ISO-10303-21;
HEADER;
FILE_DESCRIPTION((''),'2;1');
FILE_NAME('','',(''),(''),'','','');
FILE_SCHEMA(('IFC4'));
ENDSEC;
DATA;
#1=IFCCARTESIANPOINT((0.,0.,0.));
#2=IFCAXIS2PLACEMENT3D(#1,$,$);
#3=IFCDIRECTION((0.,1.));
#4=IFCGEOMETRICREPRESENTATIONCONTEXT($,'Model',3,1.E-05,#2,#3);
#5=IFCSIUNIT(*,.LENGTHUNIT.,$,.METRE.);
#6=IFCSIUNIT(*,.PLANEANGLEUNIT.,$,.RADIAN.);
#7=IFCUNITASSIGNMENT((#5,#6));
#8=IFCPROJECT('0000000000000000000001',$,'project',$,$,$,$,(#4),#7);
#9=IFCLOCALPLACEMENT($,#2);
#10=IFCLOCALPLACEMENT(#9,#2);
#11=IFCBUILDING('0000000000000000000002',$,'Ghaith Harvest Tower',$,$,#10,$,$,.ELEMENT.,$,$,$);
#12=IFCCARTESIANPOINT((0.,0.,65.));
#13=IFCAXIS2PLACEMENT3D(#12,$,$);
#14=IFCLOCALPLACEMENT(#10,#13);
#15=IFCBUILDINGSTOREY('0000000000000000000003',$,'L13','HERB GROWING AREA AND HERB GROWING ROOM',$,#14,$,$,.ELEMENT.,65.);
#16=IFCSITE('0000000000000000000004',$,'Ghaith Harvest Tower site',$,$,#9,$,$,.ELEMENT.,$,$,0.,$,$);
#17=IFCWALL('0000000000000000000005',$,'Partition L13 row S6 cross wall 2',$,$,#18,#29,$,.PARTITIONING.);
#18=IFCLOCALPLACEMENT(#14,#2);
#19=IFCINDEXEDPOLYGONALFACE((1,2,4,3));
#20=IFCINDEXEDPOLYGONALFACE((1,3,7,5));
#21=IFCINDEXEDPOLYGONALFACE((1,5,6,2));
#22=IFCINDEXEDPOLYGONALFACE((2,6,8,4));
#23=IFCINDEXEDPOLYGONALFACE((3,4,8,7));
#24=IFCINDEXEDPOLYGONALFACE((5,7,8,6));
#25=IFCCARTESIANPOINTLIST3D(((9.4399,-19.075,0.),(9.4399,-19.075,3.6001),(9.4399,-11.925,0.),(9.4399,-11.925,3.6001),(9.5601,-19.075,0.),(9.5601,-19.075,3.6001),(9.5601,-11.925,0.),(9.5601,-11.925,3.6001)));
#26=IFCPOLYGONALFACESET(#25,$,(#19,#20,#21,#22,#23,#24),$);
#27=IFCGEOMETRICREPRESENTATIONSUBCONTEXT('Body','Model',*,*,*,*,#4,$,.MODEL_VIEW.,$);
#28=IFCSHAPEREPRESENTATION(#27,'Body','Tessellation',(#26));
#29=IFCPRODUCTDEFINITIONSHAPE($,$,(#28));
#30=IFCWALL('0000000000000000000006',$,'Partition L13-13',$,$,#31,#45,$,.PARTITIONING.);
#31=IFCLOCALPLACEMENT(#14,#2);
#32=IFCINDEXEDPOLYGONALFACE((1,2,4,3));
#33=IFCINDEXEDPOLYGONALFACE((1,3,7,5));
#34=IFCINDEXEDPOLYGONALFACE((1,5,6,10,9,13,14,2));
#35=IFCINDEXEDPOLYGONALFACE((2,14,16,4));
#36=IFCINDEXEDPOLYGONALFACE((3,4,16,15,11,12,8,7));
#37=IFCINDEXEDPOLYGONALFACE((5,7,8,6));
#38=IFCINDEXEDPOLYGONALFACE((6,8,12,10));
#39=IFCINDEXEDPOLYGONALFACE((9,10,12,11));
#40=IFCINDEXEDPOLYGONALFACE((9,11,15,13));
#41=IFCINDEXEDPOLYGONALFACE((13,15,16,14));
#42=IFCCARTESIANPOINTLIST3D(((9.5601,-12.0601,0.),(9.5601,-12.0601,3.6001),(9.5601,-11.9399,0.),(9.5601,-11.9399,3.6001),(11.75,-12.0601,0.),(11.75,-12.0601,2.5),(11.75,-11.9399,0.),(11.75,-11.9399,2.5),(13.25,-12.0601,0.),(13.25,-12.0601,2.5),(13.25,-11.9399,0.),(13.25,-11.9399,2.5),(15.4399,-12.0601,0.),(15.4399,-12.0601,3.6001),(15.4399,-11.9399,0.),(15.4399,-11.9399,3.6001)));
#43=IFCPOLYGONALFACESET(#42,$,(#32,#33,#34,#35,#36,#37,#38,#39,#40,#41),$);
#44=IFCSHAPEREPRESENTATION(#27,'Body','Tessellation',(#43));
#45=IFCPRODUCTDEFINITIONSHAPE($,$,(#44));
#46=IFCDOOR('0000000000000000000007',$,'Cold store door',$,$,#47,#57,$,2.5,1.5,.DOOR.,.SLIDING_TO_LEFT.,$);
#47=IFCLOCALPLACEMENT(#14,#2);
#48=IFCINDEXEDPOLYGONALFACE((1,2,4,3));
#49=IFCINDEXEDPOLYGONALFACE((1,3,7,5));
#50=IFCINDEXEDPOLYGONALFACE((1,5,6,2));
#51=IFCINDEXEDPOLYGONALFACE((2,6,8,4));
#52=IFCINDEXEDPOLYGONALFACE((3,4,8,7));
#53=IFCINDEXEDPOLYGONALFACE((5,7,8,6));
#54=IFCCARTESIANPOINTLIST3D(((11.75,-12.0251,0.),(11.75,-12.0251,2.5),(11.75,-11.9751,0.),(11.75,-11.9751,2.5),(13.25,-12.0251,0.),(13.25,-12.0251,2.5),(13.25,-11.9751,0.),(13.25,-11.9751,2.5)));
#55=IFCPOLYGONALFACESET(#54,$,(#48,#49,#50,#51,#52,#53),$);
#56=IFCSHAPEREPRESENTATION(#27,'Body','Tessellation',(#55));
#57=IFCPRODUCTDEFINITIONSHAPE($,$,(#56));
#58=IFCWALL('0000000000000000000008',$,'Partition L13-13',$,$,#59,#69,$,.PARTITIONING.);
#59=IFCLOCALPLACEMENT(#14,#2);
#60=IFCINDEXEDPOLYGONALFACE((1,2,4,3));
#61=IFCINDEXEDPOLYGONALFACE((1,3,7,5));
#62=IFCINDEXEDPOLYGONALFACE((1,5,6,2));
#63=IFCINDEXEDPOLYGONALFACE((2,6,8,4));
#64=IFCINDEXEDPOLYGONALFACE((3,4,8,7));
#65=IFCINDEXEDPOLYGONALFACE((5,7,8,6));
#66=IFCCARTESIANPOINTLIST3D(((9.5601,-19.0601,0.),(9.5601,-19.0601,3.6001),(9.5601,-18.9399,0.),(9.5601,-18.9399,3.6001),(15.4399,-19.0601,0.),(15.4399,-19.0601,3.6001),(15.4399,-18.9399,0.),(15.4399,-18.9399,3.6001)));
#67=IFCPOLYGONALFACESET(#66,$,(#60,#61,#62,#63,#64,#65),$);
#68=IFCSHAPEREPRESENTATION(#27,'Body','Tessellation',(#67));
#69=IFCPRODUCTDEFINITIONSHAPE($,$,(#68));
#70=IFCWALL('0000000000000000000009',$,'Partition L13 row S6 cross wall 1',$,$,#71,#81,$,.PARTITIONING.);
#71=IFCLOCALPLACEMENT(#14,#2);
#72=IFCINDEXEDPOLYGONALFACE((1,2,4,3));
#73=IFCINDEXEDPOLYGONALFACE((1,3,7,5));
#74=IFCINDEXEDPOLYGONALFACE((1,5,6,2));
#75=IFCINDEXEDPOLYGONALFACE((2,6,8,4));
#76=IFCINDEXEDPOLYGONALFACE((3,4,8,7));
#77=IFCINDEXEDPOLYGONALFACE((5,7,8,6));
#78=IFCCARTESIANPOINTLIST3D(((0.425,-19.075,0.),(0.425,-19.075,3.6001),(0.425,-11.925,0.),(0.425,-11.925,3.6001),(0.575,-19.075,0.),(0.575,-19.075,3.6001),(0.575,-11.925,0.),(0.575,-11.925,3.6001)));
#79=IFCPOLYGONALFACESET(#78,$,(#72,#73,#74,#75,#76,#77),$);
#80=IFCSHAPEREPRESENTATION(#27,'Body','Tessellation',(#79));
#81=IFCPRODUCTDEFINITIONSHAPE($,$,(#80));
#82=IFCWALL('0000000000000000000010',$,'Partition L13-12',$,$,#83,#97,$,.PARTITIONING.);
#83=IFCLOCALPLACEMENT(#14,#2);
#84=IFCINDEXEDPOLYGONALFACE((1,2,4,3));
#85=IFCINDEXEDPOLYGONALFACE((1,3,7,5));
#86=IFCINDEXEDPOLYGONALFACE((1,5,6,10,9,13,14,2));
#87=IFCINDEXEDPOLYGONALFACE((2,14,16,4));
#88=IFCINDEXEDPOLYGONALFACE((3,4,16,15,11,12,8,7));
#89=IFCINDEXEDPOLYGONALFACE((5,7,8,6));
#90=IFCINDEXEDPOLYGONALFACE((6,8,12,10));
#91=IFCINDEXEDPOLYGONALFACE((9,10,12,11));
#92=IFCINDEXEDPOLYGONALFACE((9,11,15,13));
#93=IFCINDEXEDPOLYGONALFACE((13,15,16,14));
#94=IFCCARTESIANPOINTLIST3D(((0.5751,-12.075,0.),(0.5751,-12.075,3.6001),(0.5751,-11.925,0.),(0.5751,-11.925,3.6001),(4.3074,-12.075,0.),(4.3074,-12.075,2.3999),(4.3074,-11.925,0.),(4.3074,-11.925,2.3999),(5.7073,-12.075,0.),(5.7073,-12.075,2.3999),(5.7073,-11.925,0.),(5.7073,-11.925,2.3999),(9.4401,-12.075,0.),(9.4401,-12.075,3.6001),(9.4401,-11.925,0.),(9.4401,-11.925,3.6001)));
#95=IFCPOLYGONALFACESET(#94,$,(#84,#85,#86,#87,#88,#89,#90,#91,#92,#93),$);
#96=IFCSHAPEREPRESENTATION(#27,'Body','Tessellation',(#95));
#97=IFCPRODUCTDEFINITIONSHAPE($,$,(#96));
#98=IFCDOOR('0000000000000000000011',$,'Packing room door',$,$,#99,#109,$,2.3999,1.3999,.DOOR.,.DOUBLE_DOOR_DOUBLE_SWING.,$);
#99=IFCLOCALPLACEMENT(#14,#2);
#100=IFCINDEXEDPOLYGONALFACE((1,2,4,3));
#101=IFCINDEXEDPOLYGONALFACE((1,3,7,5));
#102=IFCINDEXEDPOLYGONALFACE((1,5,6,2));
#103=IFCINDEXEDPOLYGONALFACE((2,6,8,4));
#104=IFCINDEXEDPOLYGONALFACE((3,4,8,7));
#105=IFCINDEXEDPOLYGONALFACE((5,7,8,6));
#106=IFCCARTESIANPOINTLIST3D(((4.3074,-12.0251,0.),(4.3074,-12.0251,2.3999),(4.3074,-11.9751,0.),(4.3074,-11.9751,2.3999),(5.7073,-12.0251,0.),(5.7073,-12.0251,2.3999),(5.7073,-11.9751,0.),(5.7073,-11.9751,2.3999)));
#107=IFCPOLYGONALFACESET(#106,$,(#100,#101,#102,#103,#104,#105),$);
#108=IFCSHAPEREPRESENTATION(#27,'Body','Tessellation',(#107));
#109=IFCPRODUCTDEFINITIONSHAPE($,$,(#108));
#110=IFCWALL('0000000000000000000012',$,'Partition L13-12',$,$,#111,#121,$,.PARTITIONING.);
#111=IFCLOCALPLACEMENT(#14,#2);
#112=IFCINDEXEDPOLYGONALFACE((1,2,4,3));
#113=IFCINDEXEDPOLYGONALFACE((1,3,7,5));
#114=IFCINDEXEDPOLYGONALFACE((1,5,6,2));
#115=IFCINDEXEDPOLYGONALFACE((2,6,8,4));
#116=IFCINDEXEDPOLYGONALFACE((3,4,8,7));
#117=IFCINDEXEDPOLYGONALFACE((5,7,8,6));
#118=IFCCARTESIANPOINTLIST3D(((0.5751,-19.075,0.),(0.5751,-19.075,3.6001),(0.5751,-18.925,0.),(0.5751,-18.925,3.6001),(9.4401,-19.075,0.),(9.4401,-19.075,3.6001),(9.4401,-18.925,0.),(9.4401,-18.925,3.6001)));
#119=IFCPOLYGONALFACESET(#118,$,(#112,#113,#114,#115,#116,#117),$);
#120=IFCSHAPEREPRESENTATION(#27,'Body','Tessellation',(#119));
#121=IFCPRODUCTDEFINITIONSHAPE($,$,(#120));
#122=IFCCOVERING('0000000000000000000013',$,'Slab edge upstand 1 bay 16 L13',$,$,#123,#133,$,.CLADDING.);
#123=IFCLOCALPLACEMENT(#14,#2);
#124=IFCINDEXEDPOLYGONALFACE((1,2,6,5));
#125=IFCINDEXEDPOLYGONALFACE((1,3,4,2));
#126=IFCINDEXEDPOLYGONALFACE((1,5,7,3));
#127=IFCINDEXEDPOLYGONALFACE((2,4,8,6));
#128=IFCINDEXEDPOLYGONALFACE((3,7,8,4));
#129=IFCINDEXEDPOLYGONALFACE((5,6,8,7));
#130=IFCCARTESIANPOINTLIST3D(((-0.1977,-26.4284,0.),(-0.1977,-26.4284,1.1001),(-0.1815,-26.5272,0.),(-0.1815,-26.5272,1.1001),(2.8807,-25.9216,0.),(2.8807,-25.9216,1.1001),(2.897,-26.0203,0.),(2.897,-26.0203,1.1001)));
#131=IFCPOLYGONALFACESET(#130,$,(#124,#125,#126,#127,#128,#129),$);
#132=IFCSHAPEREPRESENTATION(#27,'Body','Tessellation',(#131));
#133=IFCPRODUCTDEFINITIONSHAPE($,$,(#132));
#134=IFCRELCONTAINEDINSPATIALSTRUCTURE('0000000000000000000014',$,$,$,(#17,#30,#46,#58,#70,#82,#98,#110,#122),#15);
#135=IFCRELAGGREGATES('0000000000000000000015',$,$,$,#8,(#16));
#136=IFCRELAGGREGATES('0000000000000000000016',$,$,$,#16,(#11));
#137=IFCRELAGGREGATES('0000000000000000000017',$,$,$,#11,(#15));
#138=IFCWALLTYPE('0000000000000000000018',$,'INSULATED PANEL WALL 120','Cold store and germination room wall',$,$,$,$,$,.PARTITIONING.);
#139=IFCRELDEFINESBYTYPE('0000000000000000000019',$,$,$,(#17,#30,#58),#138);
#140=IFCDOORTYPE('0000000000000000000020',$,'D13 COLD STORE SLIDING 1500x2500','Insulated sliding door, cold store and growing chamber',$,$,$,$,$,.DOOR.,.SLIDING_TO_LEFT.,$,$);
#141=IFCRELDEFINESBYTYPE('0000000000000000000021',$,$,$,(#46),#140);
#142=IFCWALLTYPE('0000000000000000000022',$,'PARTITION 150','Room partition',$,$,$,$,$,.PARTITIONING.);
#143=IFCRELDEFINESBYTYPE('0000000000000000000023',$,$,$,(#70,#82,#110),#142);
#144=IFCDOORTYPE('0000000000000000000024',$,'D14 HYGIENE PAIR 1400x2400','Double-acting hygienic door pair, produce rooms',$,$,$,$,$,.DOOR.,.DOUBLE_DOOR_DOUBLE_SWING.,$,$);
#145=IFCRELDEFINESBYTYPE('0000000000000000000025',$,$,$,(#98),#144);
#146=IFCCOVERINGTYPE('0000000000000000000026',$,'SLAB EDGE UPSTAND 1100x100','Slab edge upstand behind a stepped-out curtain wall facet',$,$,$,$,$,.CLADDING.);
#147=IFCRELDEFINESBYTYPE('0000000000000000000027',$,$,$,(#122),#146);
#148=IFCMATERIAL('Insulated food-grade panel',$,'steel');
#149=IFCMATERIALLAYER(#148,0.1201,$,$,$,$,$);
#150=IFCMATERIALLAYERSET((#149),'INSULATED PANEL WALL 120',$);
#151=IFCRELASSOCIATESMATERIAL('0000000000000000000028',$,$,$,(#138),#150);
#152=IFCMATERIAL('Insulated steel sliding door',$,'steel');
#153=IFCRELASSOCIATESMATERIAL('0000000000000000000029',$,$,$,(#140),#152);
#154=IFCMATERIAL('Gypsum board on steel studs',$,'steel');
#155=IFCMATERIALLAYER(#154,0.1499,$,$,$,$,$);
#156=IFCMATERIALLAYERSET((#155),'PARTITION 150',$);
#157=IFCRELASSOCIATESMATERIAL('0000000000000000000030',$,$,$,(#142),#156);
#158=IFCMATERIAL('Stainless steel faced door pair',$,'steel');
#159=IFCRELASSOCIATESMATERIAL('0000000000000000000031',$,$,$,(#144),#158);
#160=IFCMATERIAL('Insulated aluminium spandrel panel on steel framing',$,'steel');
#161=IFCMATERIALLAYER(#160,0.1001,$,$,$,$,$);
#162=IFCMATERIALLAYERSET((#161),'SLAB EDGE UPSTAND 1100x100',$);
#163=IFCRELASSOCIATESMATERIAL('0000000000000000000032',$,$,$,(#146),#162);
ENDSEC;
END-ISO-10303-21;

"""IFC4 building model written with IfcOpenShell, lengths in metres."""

from ifc_helpers import new_model, si_unit, direction, frame, frame_2d, origin, origin_2d, place, context, subcontext, project, spatial, rectangle, extrude, material, layer, layer_set, type_object, element, fill, save


model = new_model("IFC4")

# Units and contexts
model_context = context("Model", 3, precision=1e-05, world=origin(), true_north=direction((0.0, 1.0)))
body_context = subcontext(model_context, "Body", "Model", "MODEL_VIEW")
ifc_project = project(units=[si_unit("LENGTHUNIT", "METRE"), si_unit("PLANEANGLEUNIT", "RADIAN")], contexts=[model_context])

# Site, building, storey
site_placement = place(None, origin())
site = spatial("IfcSite", under=ifc_project, at=site_placement, Name="Ghaith Harvest Tower site", CompositionType="ELEMENT", RefElevation=0.0)
building_placement = place(site_placement, origin())
building = spatial("IfcBuilding", under=site, at=building_placement, Name="Ghaith Harvest Tower", CompositionType="ELEMENT")
storey_placement = place(building_placement, frame((0.0, 0.0, 65.0)))
storey = spatial("IfcBuildingStorey", under=building, at=storey_placement, Name="L13", Description="HERB GROWING AREA AND HERB GROWING ROOM", CompositionType="ELEMENT", Elevation=65.0)

# Wall
ifc_material_1 = material(Name="Insulated food-grade panel", Category="steel")
ifc_layer_1 = layer(ifc_material_1, 0.1201)
ifc_layer_set_1 = layer_set([ifc_layer_1], Name="INSULATED PANEL WALL 120")
wall_type_1 = type_object("IfcWallType", Name="INSULATED PANEL WALL 120", Description="Cold store and germination room wall", PredefinedType="PARTITIONING", material=ifc_layer_set_1)
wall_1_placement = place(storey_placement, frame((9.5, -11.925, 0.0), z_axis=(0.0, 0.0, 1.0), x_axis=(0.0, -1.0, 0.0)))
element("IfcWall", 1, at=wall_1_placement, inside=storey, type_object=wall_type_1, Name="Partition L13 row S6 cross wall 2", PredefinedType="PARTITIONING", context=body_context, shape_type="SweptSolid", body=[
    extrude(rectangle(XDim=7.1499, YDim=0.1201, at=frame_2d((3.575, 0.0))), origin(), (0.0, 0.0, 1.0), 3.6001),
])

# Wall, opening, door
wall_2_placement = place(storey_placement, frame((9.5601, -12.0, 0.0), z_axis=(0.0, 0.0, 1.0), x_axis=(1.0, 0.0, 0.0)))
wall_2 = element("IfcWall", 2, at=wall_2_placement, inside=storey, type_object=wall_type_1, Name="Partition L13-13", PredefinedType="PARTITIONING", context=body_context, shape_type="SweptSolid", body=[
    extrude(rectangle(XDim=5.8799, YDim=0.1201, at=frame_2d((2.9399, 0.0))), origin(), (0.0, 0.0, 1.0), 3.6001),
])
opening_1_placement = place(wall_2_placement, frame((2.1899, 0.0, 0.0)))
opening_1 = element("IfcOpeningElement", 3, at=opening_1_placement, cuts=wall_2, PredefinedType="OPENING", context=body_context, shape_type="SweptSolid", body=[
    extrude(rectangle(XDim=1.5, YDim=2.5, at=frame_2d((0.75, 1.25))), frame((0.0, 0.0701, 0.0), z_axis=(0.0, -1.0, 0.0), x_axis=(1.0, 0.0, 0.0)), (0.0, 0.0, 1.0), 0.1401),
])
ifc_material_2 = material(Name="Insulated steel sliding door", Category="steel")
door_type_1 = type_object("IfcDoorType", Name="D13 COLD STORE SLIDING 1500x2500", Description="Insulated sliding door, cold store and growing chamber", OperationType="SLIDING_TO_LEFT", PredefinedType="DOOR", material=ifc_material_2)
door_1_placement = place(opening_1_placement, origin())
door_1 = element("IfcDoor", 4, at=door_1_placement, inside=storey, type_object=door_type_1, Name="Cold store door", OperationType="SLIDING_TO_LEFT", OverallHeight=2.5, OverallWidth=1.5, PredefinedType="DOOR", context=body_context, shape_type="SweptSolid", body=[
    extrude(rectangle(XDim=1.5, YDim=2.5, at=frame_2d((0.75, 1.25))), frame((0.0, 0.0249, 0.0), z_axis=(0.0, -1.0, 0.0), x_axis=(1.0, 0.0, 0.0)), (0.0, 0.0, 1.0), 0.05),
])
fill(opening_1, door_1)

# Walls
wall_3_placement = place(storey_placement, frame((9.5601, -19.0, 0.0), z_axis=(0.0, 0.0, 1.0), x_axis=(1.0, 0.0, 0.0)))
element("IfcWall", 5, at=wall_3_placement, inside=storey, type_object=wall_type_1, Name="Partition L13-13", PredefinedType="PARTITIONING", context=body_context, shape_type="SweptSolid", body=[
    extrude(rectangle(XDim=5.8799, YDim=0.1201, at=frame_2d((2.9399, 0.0))), origin(), (0.0, 0.0, 1.0), 3.6001),
])
ifc_material_3 = material(Name="Gypsum board on steel studs", Category="steel")
ifc_layer_2 = layer(ifc_material_3, 0.1499)
ifc_layer_set_2 = layer_set([ifc_layer_2], Name="PARTITION 150")
wall_type_2 = type_object("IfcWallType", Name="PARTITION 150", Description="Room partition", PredefinedType="PARTITIONING", material=ifc_layer_set_2)
wall_4_placement = place(storey_placement, frame((0.5, -11.925, 0.0), z_axis=(0.0, 0.0, 1.0), x_axis=(0.0, -1.0, 0.0)))
element("IfcWall", 6, at=wall_4_placement, inside=storey, type_object=wall_type_2, Name="Partition L13 row S6 cross wall 1", PredefinedType="PARTITIONING", context=body_context, shape_type="SweptSolid", body=[
    extrude(rectangle(XDim=7.1499, YDim=0.1499, at=frame_2d((3.575, 0.0))), origin(), (0.0, 0.0, 1.0), 3.6001),
])

# Wall, opening, door
wall_5_placement = place(storey_placement, frame((0.575, -12.0, 0.0), z_axis=(0.0, 0.0, 1.0), x_axis=(1.0, 0.0, 0.0)))
wall_5 = element("IfcWall", 7, at=wall_5_placement, inside=storey, type_object=wall_type_2, Name="Partition L13-12", PredefinedType="PARTITIONING", context=body_context, shape_type="SweptSolid", body=[
    extrude(rectangle(XDim=8.865, YDim=0.1499, at=frame_2d((4.4326, 0.0))), origin(), (0.0, 0.0, 1.0), 3.6001),
])
opening_2_placement = place(wall_5_placement, frame((3.7324, 0.0, 0.0)))
opening_2 = element("IfcOpeningElement", 8, at=opening_2_placement, cuts=wall_5, PredefinedType="OPENING", context=body_context, shape_type="SweptSolid", body=[
    extrude(rectangle(XDim=1.3999, YDim=2.3999, at=frame_2d((0.7, 1.2))), frame((0.0, 0.085, 0.0), z_axis=(0.0, -1.0, 0.0), x_axis=(1.0, 0.0, 0.0)), (0.0, 0.0, 1.0), 0.1699),
])
ifc_material_4 = material(Name="Stainless steel faced door pair", Category="steel")
door_type_2 = type_object("IfcDoorType", Name="D14 HYGIENE PAIR 1400x2400", Description="Double-acting hygienic door pair, produce rooms", OperationType="DOUBLE_DOOR_DOUBLE_SWING", PredefinedType="DOOR", material=ifc_material_4)
door_2_placement = place(opening_2_placement, origin())
door_2 = element("IfcDoor", 9, at=door_2_placement, inside=storey, type_object=door_type_2, Name="Packing room door", OperationType="DOUBLE_DOOR_DOUBLE_SWING", OverallHeight=2.3999, OverallWidth=1.3999, PredefinedType="DOOR", context=body_context, shape_type="SweptSolid", body=[
    extrude(rectangle(XDim=1.3999, YDim=2.3999, at=frame_2d((0.7, 1.2))), frame((0.0, 0.0249, 0.0), z_axis=(0.0, -1.0, 0.0), x_axis=(1.0, 0.0, 0.0)), (0.0, 0.0, 1.0), 0.05),
])
fill(opening_2, door_2)

# Wall
wall_6_placement = place(storey_placement, frame((0.575, -19.0, 0.0), z_axis=(0.0, 0.0, 1.0), x_axis=(1.0, 0.0, 0.0)))
element("IfcWall", 10, at=wall_6_placement, inside=storey, type_object=wall_type_2, Name="Partition L13-12", PredefinedType="PARTITIONING", context=body_context, shape_type="SweptSolid", body=[
    extrude(rectangle(XDim=8.865, YDim=0.1499, at=frame_2d((4.4326, 0.0))), origin(), (0.0, 0.0, 1.0), 3.6001),
])

# Covering
ifc_material_5 = material(Name="Insulated aluminium spandrel panel on steel framing", Category="steel")
ifc_layer_3 = layer(ifc_material_5, 0.1001)
ifc_layer_set_3 = layer_set([ifc_layer_3], Name="SLAB EDGE UPSTAND 1100x100")
covering_type = type_object("IfcCoveringType", Name="SLAB EDGE UPSTAND 1100x100", Description="Slab edge upstand behind a stepped-out curtain wall facet", PredefinedType="CLADDING", material=ifc_layer_set_3)
covering_placement = place(storey_placement, frame((1.3496, -26.2244, 0.0), z_axis=(0.0, 0.0, 1.0), x_axis=(0.986716, 0.162453, 0.0)))
element("IfcCovering", 11, at=covering_placement, inside=storey, type_object=covering_type, Name="Slab edge upstand 1 bay 16 L13", PredefinedType="CLADDING", context=body_context, shape_type="SweptSolid", body=[
    extrude(rectangle(XDim=3.1199, YDim=0.1001, at=origin_2d()), origin(), (0.0, 0.0, 1.0), 1.1001),
])

save(model, "model.ifc")
